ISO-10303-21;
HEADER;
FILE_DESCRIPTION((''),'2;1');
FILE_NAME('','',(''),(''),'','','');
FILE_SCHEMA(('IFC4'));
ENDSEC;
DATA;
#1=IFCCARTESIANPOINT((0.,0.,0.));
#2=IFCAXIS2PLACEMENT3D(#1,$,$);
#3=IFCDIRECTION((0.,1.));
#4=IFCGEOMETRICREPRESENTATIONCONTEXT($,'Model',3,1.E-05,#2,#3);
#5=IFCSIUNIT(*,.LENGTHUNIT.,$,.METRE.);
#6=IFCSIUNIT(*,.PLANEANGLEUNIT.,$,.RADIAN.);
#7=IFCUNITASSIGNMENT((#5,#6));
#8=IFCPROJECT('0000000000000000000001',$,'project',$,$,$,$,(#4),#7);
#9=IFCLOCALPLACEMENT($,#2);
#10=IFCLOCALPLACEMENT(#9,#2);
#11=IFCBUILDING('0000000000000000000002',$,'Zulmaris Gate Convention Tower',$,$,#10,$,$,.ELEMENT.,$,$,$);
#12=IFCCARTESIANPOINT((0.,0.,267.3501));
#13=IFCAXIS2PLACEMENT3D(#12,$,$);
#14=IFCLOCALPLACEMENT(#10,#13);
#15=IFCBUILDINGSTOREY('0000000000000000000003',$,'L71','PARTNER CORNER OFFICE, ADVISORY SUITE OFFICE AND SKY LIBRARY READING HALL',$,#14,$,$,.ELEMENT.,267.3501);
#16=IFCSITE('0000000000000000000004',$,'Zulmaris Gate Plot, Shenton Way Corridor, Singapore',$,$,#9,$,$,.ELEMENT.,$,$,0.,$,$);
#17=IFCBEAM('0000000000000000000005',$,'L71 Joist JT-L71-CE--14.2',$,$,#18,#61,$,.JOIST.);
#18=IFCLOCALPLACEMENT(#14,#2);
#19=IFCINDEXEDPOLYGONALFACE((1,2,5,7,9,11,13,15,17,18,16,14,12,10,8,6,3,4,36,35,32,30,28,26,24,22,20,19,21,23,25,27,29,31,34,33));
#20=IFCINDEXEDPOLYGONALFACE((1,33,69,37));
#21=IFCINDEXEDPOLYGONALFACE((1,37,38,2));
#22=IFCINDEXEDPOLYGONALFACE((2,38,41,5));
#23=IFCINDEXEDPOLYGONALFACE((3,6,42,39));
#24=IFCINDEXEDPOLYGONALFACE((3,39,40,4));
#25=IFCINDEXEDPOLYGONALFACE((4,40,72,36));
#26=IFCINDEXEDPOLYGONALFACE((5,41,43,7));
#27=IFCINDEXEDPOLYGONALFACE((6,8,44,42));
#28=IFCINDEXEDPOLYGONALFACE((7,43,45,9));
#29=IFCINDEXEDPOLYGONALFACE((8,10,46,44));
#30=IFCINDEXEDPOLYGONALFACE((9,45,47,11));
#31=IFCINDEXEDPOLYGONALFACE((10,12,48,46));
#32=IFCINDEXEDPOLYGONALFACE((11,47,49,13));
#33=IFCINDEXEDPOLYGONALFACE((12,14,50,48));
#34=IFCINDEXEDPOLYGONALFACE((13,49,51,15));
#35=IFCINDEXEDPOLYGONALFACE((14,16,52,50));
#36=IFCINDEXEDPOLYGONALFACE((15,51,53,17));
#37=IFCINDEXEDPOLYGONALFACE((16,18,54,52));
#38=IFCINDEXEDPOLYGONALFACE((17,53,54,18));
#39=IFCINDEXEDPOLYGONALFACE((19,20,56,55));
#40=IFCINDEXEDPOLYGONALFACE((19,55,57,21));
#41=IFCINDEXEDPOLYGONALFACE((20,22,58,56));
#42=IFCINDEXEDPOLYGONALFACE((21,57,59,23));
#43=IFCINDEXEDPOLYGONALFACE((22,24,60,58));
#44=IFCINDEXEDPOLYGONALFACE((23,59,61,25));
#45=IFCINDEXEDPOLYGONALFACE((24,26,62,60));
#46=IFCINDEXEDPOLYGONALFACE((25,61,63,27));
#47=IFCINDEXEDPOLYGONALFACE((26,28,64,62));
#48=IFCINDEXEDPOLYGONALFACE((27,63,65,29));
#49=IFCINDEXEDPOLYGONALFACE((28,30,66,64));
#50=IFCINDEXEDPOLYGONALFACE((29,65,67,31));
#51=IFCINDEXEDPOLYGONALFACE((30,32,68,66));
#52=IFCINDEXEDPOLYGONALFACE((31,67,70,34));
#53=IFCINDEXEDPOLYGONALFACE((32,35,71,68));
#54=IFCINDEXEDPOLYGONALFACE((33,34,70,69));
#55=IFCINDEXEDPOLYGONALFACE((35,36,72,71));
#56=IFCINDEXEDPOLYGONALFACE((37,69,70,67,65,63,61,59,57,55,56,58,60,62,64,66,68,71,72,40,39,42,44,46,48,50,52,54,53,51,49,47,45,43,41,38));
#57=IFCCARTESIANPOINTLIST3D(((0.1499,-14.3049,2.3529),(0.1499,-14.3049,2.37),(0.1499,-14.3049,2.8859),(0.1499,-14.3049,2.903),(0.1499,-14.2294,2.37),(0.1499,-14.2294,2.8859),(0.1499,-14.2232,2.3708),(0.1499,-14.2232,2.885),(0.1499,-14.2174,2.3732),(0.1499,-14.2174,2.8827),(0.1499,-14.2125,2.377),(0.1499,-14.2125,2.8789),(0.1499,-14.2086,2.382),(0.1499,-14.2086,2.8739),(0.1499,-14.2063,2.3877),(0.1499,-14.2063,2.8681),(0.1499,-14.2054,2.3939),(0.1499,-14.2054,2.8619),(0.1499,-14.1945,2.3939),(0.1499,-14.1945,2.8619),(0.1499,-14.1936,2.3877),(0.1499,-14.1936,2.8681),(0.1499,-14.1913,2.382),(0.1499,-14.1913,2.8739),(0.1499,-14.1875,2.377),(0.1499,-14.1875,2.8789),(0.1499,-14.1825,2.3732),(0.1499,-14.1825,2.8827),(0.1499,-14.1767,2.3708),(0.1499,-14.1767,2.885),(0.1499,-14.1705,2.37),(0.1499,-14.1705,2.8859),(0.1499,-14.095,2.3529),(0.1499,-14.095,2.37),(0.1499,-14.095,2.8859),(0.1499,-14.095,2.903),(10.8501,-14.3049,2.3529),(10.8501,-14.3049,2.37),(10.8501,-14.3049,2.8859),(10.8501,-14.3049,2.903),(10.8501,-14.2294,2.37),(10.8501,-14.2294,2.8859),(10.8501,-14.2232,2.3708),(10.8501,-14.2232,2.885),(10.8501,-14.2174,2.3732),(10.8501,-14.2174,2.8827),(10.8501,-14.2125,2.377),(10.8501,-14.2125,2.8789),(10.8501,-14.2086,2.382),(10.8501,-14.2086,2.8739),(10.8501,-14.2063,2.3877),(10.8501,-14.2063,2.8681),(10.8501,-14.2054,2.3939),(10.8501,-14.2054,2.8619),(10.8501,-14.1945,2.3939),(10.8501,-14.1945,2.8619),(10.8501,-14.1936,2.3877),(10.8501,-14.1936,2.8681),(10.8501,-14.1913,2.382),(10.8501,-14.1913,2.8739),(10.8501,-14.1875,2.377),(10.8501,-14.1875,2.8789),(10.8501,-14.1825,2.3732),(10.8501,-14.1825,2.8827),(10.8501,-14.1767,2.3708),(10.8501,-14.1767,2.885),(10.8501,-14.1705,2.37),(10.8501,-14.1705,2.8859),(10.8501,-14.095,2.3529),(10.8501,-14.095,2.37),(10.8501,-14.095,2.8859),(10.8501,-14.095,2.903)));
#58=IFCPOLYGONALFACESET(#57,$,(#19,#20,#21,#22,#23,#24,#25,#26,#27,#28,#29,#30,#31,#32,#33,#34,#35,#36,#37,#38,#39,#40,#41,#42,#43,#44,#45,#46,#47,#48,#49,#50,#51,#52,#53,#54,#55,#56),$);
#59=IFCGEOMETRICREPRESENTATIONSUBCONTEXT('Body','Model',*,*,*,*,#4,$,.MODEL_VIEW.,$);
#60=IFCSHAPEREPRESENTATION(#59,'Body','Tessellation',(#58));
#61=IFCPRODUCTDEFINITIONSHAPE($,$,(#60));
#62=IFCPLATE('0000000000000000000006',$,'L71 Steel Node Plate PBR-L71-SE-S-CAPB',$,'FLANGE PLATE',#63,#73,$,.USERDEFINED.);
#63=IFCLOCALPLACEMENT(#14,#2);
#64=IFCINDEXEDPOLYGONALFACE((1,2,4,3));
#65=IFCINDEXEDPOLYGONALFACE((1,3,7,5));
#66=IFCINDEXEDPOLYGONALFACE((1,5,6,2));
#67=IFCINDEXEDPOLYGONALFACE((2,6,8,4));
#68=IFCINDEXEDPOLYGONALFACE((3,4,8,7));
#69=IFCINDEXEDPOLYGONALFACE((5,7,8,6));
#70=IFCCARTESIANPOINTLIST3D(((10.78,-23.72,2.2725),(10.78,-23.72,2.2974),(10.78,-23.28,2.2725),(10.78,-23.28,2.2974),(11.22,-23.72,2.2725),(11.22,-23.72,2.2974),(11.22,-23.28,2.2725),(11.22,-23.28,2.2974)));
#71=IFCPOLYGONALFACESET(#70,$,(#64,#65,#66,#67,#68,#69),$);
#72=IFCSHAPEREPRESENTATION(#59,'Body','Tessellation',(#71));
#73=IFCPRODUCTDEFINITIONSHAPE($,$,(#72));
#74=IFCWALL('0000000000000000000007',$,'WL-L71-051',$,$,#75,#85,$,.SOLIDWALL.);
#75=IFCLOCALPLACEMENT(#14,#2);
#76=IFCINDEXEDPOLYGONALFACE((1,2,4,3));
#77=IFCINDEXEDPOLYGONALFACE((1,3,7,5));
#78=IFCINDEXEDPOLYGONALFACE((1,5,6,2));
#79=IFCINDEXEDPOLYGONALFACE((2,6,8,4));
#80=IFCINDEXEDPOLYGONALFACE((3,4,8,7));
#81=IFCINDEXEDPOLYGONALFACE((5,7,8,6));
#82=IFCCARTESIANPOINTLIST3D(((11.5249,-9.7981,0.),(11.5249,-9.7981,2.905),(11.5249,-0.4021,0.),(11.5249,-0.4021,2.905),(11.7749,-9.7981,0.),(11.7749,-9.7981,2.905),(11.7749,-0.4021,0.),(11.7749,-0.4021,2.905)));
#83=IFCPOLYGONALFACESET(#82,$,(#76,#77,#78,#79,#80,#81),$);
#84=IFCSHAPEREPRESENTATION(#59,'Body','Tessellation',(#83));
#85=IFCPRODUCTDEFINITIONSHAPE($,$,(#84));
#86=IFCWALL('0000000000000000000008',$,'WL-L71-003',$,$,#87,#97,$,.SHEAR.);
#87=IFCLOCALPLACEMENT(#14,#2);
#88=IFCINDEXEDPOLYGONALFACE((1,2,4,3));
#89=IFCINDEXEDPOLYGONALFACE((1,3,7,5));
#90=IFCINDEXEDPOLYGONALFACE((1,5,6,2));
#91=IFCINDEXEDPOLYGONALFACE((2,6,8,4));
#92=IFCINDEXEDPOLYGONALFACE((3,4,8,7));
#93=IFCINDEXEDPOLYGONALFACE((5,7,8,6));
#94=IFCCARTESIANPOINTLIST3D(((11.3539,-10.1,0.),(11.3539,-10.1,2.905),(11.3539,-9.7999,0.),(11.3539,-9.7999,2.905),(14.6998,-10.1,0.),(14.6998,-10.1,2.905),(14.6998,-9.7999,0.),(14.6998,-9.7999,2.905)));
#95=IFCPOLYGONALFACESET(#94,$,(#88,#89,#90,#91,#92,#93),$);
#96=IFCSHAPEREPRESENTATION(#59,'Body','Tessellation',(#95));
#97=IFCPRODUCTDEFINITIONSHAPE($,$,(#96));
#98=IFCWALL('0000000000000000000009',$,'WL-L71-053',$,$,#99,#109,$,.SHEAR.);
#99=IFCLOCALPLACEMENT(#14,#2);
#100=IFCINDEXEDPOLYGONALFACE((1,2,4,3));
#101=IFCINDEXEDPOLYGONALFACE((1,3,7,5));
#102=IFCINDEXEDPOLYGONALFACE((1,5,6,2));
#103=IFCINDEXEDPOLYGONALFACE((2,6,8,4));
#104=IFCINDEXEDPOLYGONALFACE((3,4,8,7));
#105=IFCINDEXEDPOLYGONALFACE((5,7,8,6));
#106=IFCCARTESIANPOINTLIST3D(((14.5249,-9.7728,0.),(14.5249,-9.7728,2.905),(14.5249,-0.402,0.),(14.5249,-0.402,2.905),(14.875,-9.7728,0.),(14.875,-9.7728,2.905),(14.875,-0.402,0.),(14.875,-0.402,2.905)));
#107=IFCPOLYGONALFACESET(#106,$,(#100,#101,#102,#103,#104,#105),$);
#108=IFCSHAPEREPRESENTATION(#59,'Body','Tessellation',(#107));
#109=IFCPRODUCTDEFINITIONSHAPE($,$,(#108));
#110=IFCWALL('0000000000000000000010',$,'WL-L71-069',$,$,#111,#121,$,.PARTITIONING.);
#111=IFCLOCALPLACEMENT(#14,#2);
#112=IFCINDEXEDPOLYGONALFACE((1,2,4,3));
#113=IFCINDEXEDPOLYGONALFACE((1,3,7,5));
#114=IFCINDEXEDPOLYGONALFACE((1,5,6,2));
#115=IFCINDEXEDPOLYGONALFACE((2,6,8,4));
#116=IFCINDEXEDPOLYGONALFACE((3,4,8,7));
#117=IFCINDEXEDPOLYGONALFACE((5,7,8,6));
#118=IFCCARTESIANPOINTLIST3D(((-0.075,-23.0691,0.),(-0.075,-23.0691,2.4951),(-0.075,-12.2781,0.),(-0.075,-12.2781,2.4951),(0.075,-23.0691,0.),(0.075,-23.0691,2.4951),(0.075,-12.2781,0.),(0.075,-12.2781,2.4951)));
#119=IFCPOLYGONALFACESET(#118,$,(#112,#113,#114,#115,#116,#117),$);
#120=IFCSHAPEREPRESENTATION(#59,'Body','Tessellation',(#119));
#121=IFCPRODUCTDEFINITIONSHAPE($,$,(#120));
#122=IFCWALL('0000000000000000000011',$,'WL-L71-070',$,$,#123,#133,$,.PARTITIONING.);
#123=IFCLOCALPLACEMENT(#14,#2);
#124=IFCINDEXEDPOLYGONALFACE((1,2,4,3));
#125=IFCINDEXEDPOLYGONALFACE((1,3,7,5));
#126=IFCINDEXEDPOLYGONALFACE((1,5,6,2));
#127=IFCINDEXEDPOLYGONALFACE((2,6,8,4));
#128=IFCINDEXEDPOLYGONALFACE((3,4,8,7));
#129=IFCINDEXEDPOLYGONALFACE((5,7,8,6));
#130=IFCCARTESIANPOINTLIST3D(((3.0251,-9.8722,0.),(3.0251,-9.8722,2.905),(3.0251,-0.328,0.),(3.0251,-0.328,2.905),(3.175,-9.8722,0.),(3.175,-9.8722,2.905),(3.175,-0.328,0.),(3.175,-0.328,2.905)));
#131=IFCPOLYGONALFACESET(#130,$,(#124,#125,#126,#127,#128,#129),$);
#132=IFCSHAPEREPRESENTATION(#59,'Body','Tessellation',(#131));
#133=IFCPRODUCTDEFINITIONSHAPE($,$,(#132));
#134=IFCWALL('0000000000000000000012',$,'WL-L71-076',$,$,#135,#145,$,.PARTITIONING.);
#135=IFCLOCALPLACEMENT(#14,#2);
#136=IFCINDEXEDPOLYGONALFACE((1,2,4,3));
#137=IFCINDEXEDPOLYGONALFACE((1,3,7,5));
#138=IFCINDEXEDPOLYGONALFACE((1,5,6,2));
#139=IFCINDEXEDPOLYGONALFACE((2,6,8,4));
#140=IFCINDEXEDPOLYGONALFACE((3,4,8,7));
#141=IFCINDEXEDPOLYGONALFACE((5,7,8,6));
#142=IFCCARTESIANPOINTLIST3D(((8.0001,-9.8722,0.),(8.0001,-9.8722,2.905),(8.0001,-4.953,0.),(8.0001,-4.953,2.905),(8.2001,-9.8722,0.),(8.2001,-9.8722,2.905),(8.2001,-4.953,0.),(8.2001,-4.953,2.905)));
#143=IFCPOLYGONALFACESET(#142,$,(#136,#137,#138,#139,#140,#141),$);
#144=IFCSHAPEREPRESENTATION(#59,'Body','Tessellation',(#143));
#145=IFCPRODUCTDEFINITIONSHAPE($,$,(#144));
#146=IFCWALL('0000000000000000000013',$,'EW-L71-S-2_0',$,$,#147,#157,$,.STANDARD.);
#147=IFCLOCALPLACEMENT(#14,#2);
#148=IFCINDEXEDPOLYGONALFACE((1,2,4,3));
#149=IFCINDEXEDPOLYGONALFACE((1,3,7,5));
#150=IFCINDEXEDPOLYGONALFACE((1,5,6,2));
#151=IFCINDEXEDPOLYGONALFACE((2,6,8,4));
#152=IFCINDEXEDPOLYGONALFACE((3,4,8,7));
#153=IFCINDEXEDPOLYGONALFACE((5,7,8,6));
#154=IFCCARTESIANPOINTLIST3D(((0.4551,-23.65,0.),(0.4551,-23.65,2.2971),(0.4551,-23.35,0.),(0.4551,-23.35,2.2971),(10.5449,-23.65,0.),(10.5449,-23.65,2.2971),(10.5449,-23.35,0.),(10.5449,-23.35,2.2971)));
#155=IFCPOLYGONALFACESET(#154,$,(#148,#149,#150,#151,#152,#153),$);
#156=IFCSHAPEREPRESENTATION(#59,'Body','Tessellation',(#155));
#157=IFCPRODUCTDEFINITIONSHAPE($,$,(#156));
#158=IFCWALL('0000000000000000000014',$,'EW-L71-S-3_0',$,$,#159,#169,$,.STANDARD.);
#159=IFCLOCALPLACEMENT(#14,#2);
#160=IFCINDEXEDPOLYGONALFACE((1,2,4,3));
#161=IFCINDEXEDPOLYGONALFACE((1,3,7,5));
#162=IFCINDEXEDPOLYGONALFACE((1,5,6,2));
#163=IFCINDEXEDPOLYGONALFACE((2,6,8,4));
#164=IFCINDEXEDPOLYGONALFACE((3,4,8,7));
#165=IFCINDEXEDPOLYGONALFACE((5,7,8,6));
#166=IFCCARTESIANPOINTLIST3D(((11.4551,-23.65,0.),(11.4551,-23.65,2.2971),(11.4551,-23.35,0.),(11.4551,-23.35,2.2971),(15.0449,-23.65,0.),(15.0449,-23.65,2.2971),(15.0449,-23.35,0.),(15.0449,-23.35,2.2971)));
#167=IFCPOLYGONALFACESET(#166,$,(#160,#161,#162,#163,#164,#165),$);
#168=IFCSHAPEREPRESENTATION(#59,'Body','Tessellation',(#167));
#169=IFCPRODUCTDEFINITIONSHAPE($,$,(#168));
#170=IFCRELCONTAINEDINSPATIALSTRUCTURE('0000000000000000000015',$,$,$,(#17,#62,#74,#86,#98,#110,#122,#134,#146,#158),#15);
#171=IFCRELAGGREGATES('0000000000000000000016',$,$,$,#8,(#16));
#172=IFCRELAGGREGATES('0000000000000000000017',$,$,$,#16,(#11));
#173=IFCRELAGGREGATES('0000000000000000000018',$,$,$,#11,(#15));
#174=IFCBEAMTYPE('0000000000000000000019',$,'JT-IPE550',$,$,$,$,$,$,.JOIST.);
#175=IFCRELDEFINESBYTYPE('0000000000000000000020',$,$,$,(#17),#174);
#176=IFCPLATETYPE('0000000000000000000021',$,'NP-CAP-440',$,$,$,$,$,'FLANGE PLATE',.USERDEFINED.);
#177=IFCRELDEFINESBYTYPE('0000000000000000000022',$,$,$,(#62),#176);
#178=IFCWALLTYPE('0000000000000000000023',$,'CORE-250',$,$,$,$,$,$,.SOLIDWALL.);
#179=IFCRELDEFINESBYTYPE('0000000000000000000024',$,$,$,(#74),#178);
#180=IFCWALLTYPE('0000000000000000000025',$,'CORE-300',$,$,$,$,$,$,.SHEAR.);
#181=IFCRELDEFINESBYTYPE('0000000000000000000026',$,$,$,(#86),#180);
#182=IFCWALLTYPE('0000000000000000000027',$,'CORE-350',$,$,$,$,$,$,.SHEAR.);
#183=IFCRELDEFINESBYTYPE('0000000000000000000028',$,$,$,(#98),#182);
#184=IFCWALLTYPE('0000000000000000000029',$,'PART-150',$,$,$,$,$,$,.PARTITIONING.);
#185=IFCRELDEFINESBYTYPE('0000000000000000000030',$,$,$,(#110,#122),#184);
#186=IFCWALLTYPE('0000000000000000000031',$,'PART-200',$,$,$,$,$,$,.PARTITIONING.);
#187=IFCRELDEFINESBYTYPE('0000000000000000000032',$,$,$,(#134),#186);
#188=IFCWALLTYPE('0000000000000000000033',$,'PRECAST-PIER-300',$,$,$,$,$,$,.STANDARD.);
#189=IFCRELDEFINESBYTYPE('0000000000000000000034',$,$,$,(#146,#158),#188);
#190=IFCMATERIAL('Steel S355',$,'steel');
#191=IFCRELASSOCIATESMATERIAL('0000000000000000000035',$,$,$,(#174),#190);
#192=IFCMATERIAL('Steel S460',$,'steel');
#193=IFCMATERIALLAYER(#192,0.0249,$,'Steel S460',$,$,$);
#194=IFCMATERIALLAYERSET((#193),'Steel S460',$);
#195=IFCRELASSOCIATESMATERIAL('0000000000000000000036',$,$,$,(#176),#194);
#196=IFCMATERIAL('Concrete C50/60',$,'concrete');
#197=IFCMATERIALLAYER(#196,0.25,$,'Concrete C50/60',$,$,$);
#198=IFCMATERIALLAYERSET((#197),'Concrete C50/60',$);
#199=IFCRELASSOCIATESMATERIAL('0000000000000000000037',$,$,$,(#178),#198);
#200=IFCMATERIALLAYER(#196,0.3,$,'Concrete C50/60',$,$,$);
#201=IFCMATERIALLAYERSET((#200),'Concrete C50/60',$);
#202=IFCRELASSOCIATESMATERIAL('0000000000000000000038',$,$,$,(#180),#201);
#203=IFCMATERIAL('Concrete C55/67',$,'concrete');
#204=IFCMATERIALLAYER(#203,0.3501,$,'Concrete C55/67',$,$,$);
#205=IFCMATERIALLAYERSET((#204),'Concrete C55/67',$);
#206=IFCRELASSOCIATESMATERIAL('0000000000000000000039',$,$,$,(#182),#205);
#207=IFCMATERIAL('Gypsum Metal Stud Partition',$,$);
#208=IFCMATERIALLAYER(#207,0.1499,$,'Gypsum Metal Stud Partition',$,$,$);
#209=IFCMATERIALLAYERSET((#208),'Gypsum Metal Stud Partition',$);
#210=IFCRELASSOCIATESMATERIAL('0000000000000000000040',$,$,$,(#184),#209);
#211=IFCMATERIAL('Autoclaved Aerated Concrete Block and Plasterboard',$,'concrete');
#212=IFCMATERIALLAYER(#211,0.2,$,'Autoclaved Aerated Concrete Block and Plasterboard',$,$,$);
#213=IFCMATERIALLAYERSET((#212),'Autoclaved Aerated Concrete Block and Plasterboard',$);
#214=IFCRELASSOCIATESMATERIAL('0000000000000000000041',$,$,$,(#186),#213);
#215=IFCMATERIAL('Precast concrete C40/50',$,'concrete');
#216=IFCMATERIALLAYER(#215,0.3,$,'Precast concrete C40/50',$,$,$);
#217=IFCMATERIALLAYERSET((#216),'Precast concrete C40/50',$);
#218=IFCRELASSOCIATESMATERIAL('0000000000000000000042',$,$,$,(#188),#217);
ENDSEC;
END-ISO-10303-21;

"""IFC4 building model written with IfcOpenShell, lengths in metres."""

from ifc_helpers import new_model, si_unit, direction, frame, frame_2d, origin, origin_2d, place, context, subcontext, project, spatial, rectangle, i_section, extrude, material, layer, layer_set, material_profile, profile_set, type_object, element, save


model = new_model("IFC4")

# Units and contexts
model_context = context("Model", 3, precision=1e-05, world=origin(), true_north=direction((0.0, 1.0)))
body_context = subcontext(model_context, "Body", "Model", "MODEL_VIEW")
ifc_project = project(units=[si_unit("LENGTHUNIT", "METRE"), si_unit("PLANEANGLEUNIT", "RADIAN")], contexts=[model_context])

# Site, building, storey
site_placement = place(None, origin())
site = spatial("IfcSite", under=ifc_project, at=site_placement, Name="Zulmaris Gate Plot, Shenton Way Corridor, Singapore", CompositionType="ELEMENT", RefElevation=0.0)
building_placement = place(site_placement, origin())
building = spatial("IfcBuilding", under=site, at=building_placement, Name="Zulmaris Gate Convention Tower", CompositionType="ELEMENT")
storey_placement = place(building_placement, frame((0.0, 0.0, 267.3501)))
storey = spatial("IfcBuildingStorey", under=building, at=storey_placement, Name="L71", Description="PARTNER CORNER OFFICE, ADVISORY SUITE OFFICE AND SKY LIBRARY READING HALL", CompositionType="ELEMENT", Elevation=267.3501)

# Shared definitions
ifc_material_1 = material(Name="Concrete C50/60", Category="concrete")

# Beam
ifc_material_2 = material(Name="Steel S355", Category="steel")
ifc_material_profile_1 = material_profile(ifc_material_2, i_section(OverallWidth=0.21, OverallDepth=0.55, WebThickness=0.011, FlangeThickness=0.0171, FilletRadius=0.0239, at=origin_2d()), Name="IPE 550")
ifc_profile_set_1 = profile_set([ifc_material_profile_1], Name="Steel S355")
beam_type_1 = type_object("IfcBeamType", Name="JT-IPE550", PredefinedType="JOIST", material=ifc_profile_set_1)
for number, where, z_axis, x_axis, name in (
    (1, (0.1499, -14.2, 2.6279), (1.0, 0.0, 0.0), (0.0, 1.0, 0.0), "L71 Joist JT-L71-CE--14.2"),
):
    element("IfcBeam", number, at=place(storey_placement, frame(where, z_axis=z_axis, x_axis=x_axis)), inside=storey, type_object=beam_type_1, Name=name, PredefinedType="JOIST", context=body_context, shape_type="SweptSolid", body=[
        extrude(i_section(OverallWidth=0.21, OverallDepth=0.55, WebThickness=0.011, FlangeThickness=0.0171, FilletRadius=0.0239, at=origin_2d()), origin(), (0.0, 0.0, 1.0), 10.7002),
    ])

# Plate
ifc_material_3 = material(Name="Steel S460", Category="steel")
ifc_layer_1 = layer(ifc_material_3, 0.0249, Name="Steel S460")
ifc_layer_set_1 = layer_set([ifc_layer_1], Name="Steel S460")
plate_type = type_object("IfcPlateType", Name="NP-CAP-440", ElementType="FLANGE PLATE", PredefinedType="USERDEFINED", material=ifc_layer_set_1)
plate_placement = place(storey_placement, frame((11.0, -23.5, 2.2725), z_axis=(0.0, 0.0, 1.0), x_axis=(1.0, 0.0, 0.0)))
element("IfcPlate", 2, at=plate_placement, inside=storey, type_object=plate_type, Name="L71 Steel Node Plate PBR-L71-SE-S-CAPB", ObjectType="FLANGE PLATE", PredefinedType="USERDEFINED", context=body_context, shape_type="SweptSolid", body=[
    extrude(rectangle(XDim=0.4399, YDim=0.4399, at=origin_2d()), origin(), (0.0, 0.0, 1.0), 0.0249),
])

# Walls
ifc_layer_2 = layer(ifc_material_1, 0.25, Name="Concrete C50/60")
ifc_layer_set_2 = layer_set([ifc_layer_2], Name="Concrete C50/60")
wall_type_1 = type_object("IfcWallType", Name="CORE-250", PredefinedType="SOLIDWALL", material=ifc_layer_set_2)
wall_1_placement = place(storey_placement, frame((11.6499, -9.7981, 0.0), z_axis=(0.0, 0.0, 1.0), x_axis=(0.0, 1.0, 0.0)))
element("IfcWall", 3, at=wall_1_placement, inside=storey, type_object=wall_type_1, Name="WL-L71-051", PredefinedType="SOLIDWALL", context=body_context, shape_type="SweptSolid", body=[
    extrude(rectangle(XDim=9.396, YDim=0.25, at=frame_2d((4.698, 0.0))), origin(), (0.0, 0.0, 1.0), 2.905),
])
ifc_layer_3 = layer(ifc_material_1, 0.3, Name="Concrete C50/60")
ifc_layer_set_3 = layer_set([ifc_layer_3], Name="Concrete C50/60")
wall_type_2 = type_object("IfcWallType", Name="CORE-300", PredefinedType="SHEAR", material=ifc_layer_set_3)
wall_2_placement = place(storey_placement, frame((11.354, -9.95, 0.0), z_axis=(0.0, 0.0, 1.0), x_axis=(1.0, 0.0, 0.0)))
element("IfcWall", 4, at=wall_2_placement, inside=storey, type_object=wall_type_2, Name="WL-L71-003", PredefinedType="SHEAR", context=body_context, shape_type="SweptSolid", body=[
    extrude(rectangle(XDim=3.3459, YDim=0.3, at=frame_2d((1.6729, 0.0))), origin(), (0.0, 0.0, 1.0), 2.905),
])

# Shared definitions
ifc_material_4 = material(Name="Concrete C55/67", Category="concrete")
ifc_layer_4 = layer(ifc_material_4, 0.3501, Name="Concrete C55/67")
ifc_layer_set_4 = layer_set([ifc_layer_4], Name="Concrete C55/67")
wall_type_3 = type_object("IfcWallType", Name="CORE-350", PredefinedType="SHEAR", material=ifc_layer_set_4)

# Walls
wall_3_placement = place(storey_placement, frame((14.7, -9.7729, 0.0), z_axis=(0.0, 0.0, 1.0), x_axis=(0.0, 1.0, 0.0)))
element("IfcWall", 5, at=wall_3_placement, inside=storey, type_object=wall_type_3, Name="WL-L71-053", PredefinedType="SHEAR", context=body_context, shape_type="SweptSolid", body=[
    extrude(rectangle(XDim=9.3708, YDim=0.3501, at=frame_2d((4.6855, 0.0))), origin(), (0.0, 0.0, 1.0), 2.905),
])
ifc_material_5 = material(Name="Gypsum Metal Stud Partition")
ifc_layer_5 = layer(ifc_material_5, 0.1499, Name="Gypsum Metal Stud Partition")
ifc_layer_set_5 = layer_set([ifc_layer_5], Name="Gypsum Metal Stud Partition")
wall_type_4 = type_object("IfcWallType", Name="PART-150", PredefinedType="PARTITIONING", material=ifc_layer_set_5)
wall_4_placement = place(storey_placement, frame((0.0, -23.0691, 0.0), z_axis=(0.0, 0.0, 1.0), x_axis=(0.0, 1.0, 0.0)))
element("IfcWall", 6, at=wall_4_placement, inside=storey, type_object=wall_type_4, Name="WL-L71-069", PredefinedType="PARTITIONING", context=body_context, shape_type="SweptSolid", body=[
    extrude(rectangle(XDim=10.791, YDim=0.1499, at=frame_2d((5.3955, 0.0))), origin(), (0.0, 0.0, 1.0), 2.4951),
])
wall_5_placement = place(storey_placement, frame((3.1001, -9.8721, 0.0), z_axis=(0.0, 0.0, 1.0), x_axis=(0.0, 1.0, 0.0)))
element("IfcWall", 7, at=wall_5_placement, inside=storey, type_object=wall_type_4, Name="WL-L71-070", PredefinedType="PARTITIONING", context=body_context, shape_type="SweptSolid", body=[
    extrude(rectangle(XDim=9.5442, YDim=0.1499, at=frame_2d((4.772, 0.0))), origin(), (0.0, 0.0, 1.0), 2.905),
])

# Walls
ifc_material_6 = material(Name="Autoclaved Aerated Concrete Block and Plasterboard", Category="concrete")
ifc_layer_6 = layer(ifc_material_6, 0.2, Name="Autoclaved Aerated Concrete Block and Plasterboard")
ifc_layer_set_6 = layer_set([ifc_layer_6], Name="Autoclaved Aerated Concrete Block and Plasterboard")
wall_type_5 = type_object("IfcWallType", Name="PART-200", PredefinedType="PARTITIONING", material=ifc_layer_set_6)
wall_6_placement = place(storey_placement, frame((8.1001, -9.8721, 0.0), z_axis=(0.0, 0.0, 1.0), x_axis=(0.0, 1.0, 0.0)))
element("IfcWall", 8, at=wall_6_placement, inside=storey, type_object=wall_type_5, Name="WL-L71-076", PredefinedType="PARTITIONING", context=body_context, shape_type="SweptSolid", body=[
    extrude(rectangle(XDim=4.9192, YDim=0.2, at=frame_2d((2.4595, 0.0))), origin(), (0.0, 0.0, 1.0), 2.905),
])
ifc_material_7 = material(Name="Precast concrete C40/50", Category="concrete")
ifc_layer_7 = layer(ifc_material_7, 0.3, Name="Precast concrete C40/50")
ifc_layer_set_7 = layer_set([ifc_layer_7], Name="Precast concrete C40/50")
wall_type_6 = type_object("IfcWallType", Name="PRECAST-PIER-300", PredefinedType="STANDARD", material=ifc_layer_set_7)
wall_7_placement = place(storey_placement, frame((0.4551, -23.5, 0.0), z_axis=(0.0, 0.0, 1.0), x_axis=(1.0, 0.0, 0.0)))
element("IfcWall", 9, at=wall_7_placement, inside=storey, type_object=wall_type_6, Name="EW-L71-S-2_0", PredefinedType="STANDARD", context=body_context, shape_type="SweptSolid", body=[
    extrude(rectangle(XDim=10.0898, YDim=0.3, at=frame_2d((5.0449, 0.0))), origin(), (0.0, 0.0, 1.0), 2.2971),
])
wall_8_placement = place(storey_placement, frame((11.4551, -23.5, 0.0), z_axis=(0.0, 0.0, 1.0), x_axis=(1.0, 0.0, 0.0)))
element("IfcWall", 10, at=wall_8_placement, inside=storey, type_object=wall_type_6, Name="EW-L71-S-3_0", PredefinedType="STANDARD", context=body_context, shape_type="SweptSolid", body=[
    extrude(rectangle(XDim=3.5898, YDim=0.3, at=frame_2d((1.7949, 0.0))), origin(), (0.0, 0.0, 1.0), 2.2971),
])

save(model, "model.ifc")
